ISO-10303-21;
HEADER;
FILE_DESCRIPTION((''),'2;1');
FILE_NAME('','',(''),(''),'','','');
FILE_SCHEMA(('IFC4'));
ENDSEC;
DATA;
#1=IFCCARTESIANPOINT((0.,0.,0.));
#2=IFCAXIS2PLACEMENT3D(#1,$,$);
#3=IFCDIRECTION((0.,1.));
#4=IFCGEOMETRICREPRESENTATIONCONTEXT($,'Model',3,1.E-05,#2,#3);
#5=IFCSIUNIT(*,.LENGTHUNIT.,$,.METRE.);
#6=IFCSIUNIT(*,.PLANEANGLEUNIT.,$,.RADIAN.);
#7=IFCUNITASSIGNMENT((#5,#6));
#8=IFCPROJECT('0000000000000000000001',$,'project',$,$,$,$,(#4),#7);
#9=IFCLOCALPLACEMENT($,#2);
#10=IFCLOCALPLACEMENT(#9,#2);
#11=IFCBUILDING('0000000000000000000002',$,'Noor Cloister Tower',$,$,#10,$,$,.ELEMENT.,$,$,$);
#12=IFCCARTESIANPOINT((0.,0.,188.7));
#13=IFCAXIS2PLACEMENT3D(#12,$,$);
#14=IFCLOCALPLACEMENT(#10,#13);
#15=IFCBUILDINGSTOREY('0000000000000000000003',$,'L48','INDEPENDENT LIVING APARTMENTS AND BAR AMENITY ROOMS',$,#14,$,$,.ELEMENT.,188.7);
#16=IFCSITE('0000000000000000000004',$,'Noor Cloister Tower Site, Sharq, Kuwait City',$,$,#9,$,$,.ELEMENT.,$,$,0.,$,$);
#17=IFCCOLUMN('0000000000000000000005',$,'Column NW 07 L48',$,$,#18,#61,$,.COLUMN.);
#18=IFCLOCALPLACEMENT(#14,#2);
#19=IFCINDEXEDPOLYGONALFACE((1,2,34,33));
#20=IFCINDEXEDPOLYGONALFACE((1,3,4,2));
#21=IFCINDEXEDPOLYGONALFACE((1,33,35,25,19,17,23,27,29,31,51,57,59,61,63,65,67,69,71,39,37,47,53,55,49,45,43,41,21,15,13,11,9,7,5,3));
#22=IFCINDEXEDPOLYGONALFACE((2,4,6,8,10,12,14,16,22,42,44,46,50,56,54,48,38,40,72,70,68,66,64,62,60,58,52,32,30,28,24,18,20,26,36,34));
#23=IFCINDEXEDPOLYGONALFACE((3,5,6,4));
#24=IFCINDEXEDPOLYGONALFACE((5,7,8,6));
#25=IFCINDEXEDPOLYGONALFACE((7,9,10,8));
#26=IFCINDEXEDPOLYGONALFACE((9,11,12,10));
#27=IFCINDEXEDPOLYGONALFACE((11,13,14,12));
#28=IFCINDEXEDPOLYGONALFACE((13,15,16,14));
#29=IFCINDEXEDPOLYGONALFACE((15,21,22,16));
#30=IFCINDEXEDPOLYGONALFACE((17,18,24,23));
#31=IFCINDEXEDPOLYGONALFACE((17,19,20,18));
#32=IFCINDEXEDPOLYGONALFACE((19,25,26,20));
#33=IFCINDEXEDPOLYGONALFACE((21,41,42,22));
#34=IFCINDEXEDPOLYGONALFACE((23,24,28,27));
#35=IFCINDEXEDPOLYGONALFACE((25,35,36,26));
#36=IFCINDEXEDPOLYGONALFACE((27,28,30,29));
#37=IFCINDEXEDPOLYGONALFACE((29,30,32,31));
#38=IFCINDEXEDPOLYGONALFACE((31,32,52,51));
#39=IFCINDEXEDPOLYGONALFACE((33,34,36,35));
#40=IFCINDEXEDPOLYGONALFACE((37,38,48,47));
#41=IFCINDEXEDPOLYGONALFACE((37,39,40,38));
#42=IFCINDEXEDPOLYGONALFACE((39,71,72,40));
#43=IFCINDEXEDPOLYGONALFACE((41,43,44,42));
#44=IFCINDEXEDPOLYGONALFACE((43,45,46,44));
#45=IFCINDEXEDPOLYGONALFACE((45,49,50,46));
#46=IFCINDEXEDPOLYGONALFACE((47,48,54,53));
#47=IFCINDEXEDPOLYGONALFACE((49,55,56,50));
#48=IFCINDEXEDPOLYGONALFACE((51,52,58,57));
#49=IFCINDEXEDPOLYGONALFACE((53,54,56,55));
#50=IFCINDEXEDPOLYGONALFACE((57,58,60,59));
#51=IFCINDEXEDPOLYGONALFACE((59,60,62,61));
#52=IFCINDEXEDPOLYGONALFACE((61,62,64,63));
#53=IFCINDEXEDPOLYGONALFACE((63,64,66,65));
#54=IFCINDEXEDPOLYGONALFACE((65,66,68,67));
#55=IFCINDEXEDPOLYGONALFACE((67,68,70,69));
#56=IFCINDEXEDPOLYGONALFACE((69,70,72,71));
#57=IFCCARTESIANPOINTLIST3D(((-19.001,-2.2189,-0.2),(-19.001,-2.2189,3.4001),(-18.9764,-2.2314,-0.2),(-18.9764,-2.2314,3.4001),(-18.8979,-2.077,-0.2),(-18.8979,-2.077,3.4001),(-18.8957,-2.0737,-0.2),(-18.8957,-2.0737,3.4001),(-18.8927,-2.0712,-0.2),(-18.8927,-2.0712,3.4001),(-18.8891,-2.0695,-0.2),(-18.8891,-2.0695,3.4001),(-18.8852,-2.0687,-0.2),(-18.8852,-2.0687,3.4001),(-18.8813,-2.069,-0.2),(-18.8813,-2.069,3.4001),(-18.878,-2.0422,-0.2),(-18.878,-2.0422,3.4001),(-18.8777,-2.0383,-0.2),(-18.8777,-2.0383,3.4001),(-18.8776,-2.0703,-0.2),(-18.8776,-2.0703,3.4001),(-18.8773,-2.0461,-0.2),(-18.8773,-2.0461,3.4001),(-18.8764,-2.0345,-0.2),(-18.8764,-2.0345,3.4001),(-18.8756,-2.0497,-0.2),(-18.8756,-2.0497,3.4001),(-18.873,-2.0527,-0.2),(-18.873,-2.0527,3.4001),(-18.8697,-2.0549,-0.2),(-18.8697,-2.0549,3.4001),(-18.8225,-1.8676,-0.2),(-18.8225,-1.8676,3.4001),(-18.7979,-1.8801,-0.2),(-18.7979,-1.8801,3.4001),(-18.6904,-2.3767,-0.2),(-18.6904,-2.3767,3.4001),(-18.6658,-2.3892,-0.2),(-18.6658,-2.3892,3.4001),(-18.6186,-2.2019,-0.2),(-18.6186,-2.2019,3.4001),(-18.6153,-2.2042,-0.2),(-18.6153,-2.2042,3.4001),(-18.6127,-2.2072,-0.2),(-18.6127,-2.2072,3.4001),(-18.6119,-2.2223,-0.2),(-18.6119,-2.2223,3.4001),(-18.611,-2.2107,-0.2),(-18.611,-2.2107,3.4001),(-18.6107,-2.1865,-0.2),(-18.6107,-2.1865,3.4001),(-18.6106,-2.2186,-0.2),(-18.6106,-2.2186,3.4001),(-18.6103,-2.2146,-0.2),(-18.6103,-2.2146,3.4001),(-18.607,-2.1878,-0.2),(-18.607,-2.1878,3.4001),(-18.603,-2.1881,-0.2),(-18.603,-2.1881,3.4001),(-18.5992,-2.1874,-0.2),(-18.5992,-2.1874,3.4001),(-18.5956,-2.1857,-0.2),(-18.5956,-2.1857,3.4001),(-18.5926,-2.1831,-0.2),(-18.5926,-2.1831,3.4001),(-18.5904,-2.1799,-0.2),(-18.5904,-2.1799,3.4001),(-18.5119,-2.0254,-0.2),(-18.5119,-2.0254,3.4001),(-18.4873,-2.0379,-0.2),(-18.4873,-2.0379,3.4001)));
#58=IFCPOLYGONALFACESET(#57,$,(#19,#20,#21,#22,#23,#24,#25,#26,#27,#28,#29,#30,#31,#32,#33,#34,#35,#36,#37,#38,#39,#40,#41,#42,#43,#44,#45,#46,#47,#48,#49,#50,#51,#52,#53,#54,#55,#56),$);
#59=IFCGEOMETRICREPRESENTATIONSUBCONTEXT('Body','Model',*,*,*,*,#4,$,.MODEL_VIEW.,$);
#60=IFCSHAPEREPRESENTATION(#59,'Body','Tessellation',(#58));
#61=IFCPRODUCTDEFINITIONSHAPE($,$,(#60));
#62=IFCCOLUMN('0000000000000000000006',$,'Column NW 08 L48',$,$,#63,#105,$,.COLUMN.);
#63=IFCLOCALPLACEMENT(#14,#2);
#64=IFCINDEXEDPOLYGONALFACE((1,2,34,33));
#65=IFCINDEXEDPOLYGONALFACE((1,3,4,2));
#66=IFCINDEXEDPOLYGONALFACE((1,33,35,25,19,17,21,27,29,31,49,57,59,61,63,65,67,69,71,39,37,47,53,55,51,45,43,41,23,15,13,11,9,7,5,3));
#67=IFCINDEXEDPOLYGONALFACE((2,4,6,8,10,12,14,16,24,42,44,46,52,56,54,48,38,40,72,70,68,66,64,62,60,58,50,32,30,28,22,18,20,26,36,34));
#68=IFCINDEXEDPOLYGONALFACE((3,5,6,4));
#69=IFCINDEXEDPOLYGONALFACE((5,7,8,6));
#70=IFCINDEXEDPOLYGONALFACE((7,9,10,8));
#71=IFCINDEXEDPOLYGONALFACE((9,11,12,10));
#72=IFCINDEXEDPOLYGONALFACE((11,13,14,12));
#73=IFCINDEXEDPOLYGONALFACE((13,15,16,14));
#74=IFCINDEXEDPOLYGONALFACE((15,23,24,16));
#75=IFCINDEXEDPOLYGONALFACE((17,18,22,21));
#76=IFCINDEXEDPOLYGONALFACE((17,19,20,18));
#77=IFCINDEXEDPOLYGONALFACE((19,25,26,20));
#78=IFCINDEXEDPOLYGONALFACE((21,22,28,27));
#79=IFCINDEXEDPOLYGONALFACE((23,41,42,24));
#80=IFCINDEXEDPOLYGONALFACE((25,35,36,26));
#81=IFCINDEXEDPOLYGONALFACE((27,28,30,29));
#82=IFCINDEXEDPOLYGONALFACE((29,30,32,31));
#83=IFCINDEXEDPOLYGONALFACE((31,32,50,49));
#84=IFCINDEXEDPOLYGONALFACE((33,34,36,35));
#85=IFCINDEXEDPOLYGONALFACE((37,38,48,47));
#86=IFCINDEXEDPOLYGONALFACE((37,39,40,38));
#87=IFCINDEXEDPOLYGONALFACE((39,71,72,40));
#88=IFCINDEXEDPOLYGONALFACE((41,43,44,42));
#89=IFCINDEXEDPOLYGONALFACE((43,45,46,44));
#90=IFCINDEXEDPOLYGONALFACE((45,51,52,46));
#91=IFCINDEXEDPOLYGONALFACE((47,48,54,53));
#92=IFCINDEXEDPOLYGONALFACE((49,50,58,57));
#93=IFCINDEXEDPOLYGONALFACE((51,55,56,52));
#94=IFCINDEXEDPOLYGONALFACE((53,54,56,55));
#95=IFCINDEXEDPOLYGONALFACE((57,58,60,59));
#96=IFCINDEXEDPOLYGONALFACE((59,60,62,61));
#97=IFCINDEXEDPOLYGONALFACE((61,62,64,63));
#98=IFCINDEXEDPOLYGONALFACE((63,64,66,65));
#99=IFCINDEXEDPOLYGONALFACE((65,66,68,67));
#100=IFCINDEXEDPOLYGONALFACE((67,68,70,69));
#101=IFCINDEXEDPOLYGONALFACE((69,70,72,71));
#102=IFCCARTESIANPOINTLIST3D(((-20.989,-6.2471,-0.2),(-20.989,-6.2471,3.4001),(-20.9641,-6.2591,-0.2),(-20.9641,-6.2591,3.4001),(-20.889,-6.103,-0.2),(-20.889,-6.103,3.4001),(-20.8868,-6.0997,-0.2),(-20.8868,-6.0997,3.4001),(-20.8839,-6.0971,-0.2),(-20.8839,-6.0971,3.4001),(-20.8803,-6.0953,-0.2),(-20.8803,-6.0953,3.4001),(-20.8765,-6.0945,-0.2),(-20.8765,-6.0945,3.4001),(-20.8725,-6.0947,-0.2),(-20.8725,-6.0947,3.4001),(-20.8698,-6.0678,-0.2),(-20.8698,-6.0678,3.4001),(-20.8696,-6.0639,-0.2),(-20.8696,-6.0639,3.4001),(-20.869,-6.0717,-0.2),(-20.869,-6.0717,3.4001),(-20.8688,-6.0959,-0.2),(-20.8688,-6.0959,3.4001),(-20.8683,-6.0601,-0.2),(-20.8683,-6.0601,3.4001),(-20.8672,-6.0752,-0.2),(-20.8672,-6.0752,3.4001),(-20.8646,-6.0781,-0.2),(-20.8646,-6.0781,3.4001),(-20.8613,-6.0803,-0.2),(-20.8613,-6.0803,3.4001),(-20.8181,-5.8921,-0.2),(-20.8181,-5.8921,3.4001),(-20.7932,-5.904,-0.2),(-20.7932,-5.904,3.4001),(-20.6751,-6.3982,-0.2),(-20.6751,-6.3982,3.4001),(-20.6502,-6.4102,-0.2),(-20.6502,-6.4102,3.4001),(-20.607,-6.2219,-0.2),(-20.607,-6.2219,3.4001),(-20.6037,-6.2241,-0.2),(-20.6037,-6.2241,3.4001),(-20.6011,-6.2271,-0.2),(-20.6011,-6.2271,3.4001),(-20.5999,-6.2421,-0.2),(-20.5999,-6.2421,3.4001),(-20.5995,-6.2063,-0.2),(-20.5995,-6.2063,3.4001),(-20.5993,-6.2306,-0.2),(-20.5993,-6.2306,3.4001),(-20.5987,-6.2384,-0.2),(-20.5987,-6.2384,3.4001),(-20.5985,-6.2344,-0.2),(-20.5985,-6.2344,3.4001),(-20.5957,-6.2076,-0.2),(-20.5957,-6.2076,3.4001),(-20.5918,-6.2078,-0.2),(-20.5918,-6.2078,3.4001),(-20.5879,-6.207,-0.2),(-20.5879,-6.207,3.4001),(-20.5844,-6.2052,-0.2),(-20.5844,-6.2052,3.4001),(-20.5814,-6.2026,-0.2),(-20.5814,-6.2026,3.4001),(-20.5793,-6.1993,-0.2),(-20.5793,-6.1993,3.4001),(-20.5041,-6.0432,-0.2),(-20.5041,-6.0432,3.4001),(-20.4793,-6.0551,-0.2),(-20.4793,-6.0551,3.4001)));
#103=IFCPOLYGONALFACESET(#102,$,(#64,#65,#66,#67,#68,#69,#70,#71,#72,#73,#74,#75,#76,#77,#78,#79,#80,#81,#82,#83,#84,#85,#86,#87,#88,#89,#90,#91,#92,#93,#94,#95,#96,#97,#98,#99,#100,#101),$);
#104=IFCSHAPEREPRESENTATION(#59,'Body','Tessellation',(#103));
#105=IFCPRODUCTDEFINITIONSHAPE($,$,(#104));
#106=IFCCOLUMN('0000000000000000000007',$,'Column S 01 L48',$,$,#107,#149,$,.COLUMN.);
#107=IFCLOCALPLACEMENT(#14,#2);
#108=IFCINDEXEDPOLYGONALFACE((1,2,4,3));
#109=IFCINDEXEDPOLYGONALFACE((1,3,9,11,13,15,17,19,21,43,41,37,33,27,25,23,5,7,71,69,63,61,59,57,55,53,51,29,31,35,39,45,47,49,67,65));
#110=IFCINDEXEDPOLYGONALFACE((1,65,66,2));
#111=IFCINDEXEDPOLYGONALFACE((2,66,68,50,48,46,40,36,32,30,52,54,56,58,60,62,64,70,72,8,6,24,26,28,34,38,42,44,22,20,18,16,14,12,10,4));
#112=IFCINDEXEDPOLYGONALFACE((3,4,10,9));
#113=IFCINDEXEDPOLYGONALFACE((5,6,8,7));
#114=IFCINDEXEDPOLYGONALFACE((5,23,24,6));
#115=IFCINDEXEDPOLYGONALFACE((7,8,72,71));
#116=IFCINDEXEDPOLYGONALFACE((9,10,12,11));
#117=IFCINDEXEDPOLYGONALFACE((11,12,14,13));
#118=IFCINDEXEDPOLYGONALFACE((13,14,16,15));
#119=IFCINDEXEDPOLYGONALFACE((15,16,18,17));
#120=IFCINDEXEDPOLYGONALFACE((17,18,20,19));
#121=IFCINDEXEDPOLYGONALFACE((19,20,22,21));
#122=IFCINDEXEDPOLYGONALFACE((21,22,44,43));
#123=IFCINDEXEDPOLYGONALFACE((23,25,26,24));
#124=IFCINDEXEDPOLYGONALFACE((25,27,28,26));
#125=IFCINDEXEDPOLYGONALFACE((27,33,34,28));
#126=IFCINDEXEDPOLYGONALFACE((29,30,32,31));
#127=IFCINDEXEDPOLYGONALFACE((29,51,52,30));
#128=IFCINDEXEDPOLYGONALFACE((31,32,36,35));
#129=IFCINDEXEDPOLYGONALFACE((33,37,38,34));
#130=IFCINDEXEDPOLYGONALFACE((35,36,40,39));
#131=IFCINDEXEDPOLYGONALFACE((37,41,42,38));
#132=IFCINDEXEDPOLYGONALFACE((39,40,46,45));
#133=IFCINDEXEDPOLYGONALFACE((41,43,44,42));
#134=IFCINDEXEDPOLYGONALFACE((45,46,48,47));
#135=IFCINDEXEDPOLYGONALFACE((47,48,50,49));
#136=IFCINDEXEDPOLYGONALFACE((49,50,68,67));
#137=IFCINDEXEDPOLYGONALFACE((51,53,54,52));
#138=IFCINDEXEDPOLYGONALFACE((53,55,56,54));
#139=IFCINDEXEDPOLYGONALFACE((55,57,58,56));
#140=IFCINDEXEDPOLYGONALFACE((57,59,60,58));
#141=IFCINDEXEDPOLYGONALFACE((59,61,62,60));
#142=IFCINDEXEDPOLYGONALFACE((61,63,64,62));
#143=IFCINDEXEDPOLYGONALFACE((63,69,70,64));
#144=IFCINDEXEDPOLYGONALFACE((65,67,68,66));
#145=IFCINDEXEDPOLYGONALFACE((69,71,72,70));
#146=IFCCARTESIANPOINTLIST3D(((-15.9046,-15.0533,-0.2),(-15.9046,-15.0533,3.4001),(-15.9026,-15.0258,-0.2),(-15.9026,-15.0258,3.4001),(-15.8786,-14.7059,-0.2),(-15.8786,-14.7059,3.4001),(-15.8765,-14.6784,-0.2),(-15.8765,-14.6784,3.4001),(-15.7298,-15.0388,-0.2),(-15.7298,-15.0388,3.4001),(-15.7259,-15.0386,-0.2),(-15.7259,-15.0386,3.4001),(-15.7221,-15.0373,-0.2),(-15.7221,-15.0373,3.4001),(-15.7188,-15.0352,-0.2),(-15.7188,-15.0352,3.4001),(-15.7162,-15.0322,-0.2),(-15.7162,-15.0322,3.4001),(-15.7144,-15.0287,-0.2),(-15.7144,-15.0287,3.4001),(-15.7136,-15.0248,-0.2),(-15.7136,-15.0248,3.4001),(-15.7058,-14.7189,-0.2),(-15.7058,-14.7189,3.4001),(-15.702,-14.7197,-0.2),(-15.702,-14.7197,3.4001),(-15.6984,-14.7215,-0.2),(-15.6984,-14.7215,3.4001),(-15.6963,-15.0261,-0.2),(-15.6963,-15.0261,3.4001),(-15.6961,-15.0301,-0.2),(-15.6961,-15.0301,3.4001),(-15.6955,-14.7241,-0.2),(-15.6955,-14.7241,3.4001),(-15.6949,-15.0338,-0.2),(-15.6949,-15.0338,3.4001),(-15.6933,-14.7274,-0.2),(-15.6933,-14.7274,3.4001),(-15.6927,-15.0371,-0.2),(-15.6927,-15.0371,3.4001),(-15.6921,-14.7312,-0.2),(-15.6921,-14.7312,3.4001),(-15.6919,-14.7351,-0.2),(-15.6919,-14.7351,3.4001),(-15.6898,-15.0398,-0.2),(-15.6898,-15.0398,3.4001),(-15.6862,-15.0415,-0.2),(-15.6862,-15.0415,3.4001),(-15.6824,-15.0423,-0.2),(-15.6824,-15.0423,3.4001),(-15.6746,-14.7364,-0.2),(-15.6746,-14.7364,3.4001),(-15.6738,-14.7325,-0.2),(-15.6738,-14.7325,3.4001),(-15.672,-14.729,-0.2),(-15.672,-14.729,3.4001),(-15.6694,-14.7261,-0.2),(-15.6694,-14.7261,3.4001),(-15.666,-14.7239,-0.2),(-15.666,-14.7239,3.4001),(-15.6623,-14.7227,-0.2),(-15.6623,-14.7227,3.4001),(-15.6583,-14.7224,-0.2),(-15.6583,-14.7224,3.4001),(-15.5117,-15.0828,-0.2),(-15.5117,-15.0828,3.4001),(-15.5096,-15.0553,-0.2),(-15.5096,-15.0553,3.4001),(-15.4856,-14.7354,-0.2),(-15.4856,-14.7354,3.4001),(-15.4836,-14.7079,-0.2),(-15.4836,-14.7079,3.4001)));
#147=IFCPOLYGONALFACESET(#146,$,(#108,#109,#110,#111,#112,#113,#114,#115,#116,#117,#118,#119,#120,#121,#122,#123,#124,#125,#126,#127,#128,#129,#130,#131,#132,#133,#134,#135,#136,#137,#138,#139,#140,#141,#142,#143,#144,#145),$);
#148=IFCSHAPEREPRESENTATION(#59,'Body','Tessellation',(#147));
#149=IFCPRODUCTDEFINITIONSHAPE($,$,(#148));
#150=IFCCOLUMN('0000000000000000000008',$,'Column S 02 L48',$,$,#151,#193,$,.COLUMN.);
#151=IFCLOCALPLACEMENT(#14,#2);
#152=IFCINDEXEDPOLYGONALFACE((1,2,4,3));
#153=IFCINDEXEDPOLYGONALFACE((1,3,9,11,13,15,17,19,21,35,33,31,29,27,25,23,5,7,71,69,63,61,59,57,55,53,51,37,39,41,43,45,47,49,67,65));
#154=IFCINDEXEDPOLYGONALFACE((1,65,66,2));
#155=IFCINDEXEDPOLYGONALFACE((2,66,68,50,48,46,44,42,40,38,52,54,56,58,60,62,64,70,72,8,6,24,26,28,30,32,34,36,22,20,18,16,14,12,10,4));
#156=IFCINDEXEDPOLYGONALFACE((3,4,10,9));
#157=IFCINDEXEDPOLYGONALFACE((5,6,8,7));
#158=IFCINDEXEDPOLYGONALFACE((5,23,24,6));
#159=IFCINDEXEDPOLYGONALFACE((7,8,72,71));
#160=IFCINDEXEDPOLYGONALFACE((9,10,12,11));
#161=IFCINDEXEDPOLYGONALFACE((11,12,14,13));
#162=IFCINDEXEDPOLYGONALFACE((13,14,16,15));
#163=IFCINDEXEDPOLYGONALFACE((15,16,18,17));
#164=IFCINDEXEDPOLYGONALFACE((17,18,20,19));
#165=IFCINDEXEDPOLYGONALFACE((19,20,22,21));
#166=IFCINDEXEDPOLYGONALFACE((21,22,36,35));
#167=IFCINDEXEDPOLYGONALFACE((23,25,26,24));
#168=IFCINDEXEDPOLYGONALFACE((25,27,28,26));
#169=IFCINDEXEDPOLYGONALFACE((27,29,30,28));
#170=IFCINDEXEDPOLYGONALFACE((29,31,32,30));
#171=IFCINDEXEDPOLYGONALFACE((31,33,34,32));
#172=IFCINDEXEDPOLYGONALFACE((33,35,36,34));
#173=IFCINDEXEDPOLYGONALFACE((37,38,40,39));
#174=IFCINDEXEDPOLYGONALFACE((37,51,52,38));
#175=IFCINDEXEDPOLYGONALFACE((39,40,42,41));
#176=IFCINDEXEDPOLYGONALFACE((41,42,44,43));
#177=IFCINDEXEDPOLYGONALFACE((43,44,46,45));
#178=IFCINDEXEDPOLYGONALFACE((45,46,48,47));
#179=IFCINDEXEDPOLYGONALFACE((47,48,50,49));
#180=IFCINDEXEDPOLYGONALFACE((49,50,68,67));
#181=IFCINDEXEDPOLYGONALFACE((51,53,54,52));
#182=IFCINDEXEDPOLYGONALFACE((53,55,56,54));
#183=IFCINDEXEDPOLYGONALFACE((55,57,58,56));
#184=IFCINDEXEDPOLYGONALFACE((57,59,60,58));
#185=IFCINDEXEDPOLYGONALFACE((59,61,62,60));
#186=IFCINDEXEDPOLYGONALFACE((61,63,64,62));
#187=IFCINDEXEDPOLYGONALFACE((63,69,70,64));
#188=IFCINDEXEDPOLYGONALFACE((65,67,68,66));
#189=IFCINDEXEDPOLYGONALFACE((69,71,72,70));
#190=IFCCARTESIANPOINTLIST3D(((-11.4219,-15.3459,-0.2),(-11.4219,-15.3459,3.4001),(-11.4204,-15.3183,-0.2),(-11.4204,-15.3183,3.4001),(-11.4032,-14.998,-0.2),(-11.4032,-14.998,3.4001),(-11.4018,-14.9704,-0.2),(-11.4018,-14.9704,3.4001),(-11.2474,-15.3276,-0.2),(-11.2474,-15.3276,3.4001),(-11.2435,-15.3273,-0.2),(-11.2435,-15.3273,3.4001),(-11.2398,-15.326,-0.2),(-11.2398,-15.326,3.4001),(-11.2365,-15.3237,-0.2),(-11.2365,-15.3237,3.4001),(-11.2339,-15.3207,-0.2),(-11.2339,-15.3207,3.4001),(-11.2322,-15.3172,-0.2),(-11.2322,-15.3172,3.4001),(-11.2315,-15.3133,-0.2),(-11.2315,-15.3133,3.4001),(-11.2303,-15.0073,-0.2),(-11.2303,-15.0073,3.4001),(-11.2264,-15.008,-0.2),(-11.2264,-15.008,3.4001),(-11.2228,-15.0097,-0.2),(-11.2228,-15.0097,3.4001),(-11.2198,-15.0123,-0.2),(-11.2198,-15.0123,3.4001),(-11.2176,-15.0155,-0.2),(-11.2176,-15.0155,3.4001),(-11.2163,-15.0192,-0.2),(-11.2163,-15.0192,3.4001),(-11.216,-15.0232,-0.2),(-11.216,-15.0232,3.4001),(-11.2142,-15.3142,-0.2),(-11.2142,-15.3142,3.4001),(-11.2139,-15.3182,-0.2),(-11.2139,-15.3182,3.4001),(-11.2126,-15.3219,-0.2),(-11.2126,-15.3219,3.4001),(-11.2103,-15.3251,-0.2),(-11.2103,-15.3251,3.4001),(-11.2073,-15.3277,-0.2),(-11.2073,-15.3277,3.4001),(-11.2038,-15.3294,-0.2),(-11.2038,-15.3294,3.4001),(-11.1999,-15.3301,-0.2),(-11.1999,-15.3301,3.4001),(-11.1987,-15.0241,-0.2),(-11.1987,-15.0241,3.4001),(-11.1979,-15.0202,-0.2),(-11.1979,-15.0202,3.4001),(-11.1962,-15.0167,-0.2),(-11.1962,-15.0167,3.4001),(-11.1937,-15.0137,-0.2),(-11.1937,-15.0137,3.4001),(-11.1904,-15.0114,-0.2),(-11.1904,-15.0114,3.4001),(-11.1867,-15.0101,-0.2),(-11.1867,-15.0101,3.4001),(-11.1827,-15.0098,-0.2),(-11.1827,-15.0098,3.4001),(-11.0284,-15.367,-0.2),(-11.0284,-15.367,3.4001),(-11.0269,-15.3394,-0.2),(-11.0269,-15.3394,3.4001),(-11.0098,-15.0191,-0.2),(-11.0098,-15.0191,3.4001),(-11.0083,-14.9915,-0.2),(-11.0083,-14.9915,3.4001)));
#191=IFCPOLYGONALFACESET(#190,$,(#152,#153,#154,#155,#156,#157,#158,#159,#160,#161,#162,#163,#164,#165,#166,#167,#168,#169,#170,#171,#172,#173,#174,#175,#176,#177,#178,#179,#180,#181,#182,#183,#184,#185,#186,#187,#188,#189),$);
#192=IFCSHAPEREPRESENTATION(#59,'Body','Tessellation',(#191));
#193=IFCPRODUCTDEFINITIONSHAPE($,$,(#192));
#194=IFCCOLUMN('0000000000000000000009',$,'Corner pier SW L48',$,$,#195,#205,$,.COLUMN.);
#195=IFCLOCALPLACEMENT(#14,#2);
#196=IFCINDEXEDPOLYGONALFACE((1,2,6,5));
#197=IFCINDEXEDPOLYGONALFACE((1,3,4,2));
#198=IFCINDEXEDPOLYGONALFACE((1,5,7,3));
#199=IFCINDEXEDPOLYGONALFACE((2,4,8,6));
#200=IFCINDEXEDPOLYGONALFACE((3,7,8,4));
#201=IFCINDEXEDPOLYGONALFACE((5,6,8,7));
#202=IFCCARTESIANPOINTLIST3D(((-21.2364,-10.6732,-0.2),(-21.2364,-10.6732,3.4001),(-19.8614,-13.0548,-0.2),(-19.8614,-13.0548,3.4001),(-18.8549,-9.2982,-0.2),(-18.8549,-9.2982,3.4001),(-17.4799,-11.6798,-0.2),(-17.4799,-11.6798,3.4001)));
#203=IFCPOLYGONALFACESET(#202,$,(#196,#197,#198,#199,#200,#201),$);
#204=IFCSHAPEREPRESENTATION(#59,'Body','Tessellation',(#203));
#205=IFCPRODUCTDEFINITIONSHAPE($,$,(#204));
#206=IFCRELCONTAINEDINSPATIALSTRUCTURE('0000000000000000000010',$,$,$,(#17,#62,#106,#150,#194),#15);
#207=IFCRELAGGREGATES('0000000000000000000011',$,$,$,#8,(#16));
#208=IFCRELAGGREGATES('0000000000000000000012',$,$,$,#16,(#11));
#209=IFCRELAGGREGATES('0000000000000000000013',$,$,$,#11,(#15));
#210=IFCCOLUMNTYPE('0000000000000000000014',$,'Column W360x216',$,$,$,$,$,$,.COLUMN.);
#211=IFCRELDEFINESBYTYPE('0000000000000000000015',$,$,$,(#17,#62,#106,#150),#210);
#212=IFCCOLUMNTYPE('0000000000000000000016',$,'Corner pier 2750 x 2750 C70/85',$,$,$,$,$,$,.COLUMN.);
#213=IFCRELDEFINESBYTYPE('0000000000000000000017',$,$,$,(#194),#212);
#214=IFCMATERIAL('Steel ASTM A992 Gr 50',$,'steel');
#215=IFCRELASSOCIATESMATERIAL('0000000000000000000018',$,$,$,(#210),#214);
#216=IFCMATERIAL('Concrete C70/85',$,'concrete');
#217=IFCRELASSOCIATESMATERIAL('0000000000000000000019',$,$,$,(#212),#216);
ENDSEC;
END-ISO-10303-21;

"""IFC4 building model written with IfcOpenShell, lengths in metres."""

from ifc_helpers import new_model, si_unit, direction, frame, origin, origin_2d, place, context, subcontext, project, spatial, rectangle, i_section, extrude, material, material_profile, profile_set, type_object, element, save


model = new_model("IFC4")

# Units and contexts
model_context = context("Model", 3, precision=1e-05, world=origin(), true_north=direction((0.0, 1.0)))
body_context = subcontext(model_context, "Body", "Model", "MODEL_VIEW")
ifc_project = project(units=[si_unit("LENGTHUNIT", "METRE"), si_unit("PLANEANGLEUNIT", "RADIAN")], contexts=[model_context])

# Site, building, storey
site_placement = place(None, origin())
site = spatial("IfcSite", under=ifc_project, at=site_placement, Name="Noor Cloister Tower Site, Sharq, Kuwait City", CompositionType="ELEMENT", RefElevation=0.0)
building_placement = place(site_placement, origin())
building = spatial("IfcBuilding", under=site, at=building_placement, Name="Noor Cloister Tower", CompositionType="ELEMENT")
storey_placement = place(building_placement, frame((0.0, 0.0, 188.7)))
storey = spatial("IfcBuildingStorey", under=building, at=storey_placement, Name="L48", Description="INDEPENDENT LIVING APARTMENTS AND BAR AMENITY ROOMS", CompositionType="ELEMENT", Elevation=188.7)

# Columns
ifc_material_1 = material(Name="Steel ASTM A992 Gr 50", Category="steel")
ifc_material_profile_1 = material_profile(ifc_material_1, i_section(OverallWidth=0.394, OverallDepth=0.376, WebThickness=0.0173, FlangeThickness=0.0276, FilletRadius=0.0151, at=origin_2d()), Name="W360x216")
ifc_profile_set_1 = profile_set([ifc_material_profile_1], Name="Steel ASTM A992 Gr 50")
column_type_1 = type_object("IfcColumnType", Name="Column W360x216", PredefinedType="COLUMN", material=ifc_profile_set_1)
for number, where, z_axis, x_axis, name in (
    (1, (-18.7441, -2.1284, -0.2), (0.0, 0.0, 1.0), (-0.452956, -0.891533, 0.0), "Column NW 07 L48"),
    (2, (-20.7341, -6.1511, -0.2), (0.0, 0.0, 1.0), (-0.433768, -0.901025, 0.0), "Column NW 08 L48"),
    (3, (-15.6941, -14.8806, -0.2), (0.0, 0.0, 1.0), (0.997194, -0.074858, 0.0), "Column S 01 L48"),
    (4, (-11.2151, -15.1687, -0.2), (0.0, 0.0, 1.0), (0.998568, -0.053495, 0.0), "Column S 02 L48"),
):
    element("IfcColumn", number, at=place(storey_placement, frame(where, z_axis=z_axis, x_axis=x_axis)), inside=storey, type_object=column_type_1, Name=name, PredefinedType="COLUMN", context=body_context, shape_type="SweptSolid", body=[
        extrude(i_section(OverallWidth=0.394, OverallDepth=0.376, WebThickness=0.0173, FlangeThickness=0.0276, FilletRadius=0.0151, at=origin_2d()), origin(), (0.0, 0.0, 1.0), 3.6001),
    ])
ifc_material_2 = material(Name="Concrete C70/85", Category="concrete")
ifc_material_profile_2 = material_profile(ifc_material_2, rectangle(XDim=2.75, YDim=2.75, at=origin_2d()), Name="RC 2750x2750")
ifc_profile_set_2 = profile_set([ifc_material_profile_2], Name="Concrete C70/85")
column_type_2 = type_object("IfcColumnType", Name="Corner pier 2750 x 2750 C70/85", PredefinedType="COLUMN", material=ifc_profile_set_2)
column_placement = place(storey_placement, frame((-19.3582, -11.1765, -0.2), z_axis=(0.0, 0.0, 1.0), x_axis=(-0.866025, -0.5, 0.0)))
element("IfcColumn", 5, at=column_placement, inside=storey, type_object=column_type_2, Name="Corner pier SW L48", PredefinedType="COLUMN", context=body_context, shape_type="SweptSolid", body=[
    extrude(rectangle(XDim=2.75, YDim=2.75, at=origin_2d()), origin(), (0.0, 0.0, 1.0), 3.6001),
])

save(model, "model.ifc")
